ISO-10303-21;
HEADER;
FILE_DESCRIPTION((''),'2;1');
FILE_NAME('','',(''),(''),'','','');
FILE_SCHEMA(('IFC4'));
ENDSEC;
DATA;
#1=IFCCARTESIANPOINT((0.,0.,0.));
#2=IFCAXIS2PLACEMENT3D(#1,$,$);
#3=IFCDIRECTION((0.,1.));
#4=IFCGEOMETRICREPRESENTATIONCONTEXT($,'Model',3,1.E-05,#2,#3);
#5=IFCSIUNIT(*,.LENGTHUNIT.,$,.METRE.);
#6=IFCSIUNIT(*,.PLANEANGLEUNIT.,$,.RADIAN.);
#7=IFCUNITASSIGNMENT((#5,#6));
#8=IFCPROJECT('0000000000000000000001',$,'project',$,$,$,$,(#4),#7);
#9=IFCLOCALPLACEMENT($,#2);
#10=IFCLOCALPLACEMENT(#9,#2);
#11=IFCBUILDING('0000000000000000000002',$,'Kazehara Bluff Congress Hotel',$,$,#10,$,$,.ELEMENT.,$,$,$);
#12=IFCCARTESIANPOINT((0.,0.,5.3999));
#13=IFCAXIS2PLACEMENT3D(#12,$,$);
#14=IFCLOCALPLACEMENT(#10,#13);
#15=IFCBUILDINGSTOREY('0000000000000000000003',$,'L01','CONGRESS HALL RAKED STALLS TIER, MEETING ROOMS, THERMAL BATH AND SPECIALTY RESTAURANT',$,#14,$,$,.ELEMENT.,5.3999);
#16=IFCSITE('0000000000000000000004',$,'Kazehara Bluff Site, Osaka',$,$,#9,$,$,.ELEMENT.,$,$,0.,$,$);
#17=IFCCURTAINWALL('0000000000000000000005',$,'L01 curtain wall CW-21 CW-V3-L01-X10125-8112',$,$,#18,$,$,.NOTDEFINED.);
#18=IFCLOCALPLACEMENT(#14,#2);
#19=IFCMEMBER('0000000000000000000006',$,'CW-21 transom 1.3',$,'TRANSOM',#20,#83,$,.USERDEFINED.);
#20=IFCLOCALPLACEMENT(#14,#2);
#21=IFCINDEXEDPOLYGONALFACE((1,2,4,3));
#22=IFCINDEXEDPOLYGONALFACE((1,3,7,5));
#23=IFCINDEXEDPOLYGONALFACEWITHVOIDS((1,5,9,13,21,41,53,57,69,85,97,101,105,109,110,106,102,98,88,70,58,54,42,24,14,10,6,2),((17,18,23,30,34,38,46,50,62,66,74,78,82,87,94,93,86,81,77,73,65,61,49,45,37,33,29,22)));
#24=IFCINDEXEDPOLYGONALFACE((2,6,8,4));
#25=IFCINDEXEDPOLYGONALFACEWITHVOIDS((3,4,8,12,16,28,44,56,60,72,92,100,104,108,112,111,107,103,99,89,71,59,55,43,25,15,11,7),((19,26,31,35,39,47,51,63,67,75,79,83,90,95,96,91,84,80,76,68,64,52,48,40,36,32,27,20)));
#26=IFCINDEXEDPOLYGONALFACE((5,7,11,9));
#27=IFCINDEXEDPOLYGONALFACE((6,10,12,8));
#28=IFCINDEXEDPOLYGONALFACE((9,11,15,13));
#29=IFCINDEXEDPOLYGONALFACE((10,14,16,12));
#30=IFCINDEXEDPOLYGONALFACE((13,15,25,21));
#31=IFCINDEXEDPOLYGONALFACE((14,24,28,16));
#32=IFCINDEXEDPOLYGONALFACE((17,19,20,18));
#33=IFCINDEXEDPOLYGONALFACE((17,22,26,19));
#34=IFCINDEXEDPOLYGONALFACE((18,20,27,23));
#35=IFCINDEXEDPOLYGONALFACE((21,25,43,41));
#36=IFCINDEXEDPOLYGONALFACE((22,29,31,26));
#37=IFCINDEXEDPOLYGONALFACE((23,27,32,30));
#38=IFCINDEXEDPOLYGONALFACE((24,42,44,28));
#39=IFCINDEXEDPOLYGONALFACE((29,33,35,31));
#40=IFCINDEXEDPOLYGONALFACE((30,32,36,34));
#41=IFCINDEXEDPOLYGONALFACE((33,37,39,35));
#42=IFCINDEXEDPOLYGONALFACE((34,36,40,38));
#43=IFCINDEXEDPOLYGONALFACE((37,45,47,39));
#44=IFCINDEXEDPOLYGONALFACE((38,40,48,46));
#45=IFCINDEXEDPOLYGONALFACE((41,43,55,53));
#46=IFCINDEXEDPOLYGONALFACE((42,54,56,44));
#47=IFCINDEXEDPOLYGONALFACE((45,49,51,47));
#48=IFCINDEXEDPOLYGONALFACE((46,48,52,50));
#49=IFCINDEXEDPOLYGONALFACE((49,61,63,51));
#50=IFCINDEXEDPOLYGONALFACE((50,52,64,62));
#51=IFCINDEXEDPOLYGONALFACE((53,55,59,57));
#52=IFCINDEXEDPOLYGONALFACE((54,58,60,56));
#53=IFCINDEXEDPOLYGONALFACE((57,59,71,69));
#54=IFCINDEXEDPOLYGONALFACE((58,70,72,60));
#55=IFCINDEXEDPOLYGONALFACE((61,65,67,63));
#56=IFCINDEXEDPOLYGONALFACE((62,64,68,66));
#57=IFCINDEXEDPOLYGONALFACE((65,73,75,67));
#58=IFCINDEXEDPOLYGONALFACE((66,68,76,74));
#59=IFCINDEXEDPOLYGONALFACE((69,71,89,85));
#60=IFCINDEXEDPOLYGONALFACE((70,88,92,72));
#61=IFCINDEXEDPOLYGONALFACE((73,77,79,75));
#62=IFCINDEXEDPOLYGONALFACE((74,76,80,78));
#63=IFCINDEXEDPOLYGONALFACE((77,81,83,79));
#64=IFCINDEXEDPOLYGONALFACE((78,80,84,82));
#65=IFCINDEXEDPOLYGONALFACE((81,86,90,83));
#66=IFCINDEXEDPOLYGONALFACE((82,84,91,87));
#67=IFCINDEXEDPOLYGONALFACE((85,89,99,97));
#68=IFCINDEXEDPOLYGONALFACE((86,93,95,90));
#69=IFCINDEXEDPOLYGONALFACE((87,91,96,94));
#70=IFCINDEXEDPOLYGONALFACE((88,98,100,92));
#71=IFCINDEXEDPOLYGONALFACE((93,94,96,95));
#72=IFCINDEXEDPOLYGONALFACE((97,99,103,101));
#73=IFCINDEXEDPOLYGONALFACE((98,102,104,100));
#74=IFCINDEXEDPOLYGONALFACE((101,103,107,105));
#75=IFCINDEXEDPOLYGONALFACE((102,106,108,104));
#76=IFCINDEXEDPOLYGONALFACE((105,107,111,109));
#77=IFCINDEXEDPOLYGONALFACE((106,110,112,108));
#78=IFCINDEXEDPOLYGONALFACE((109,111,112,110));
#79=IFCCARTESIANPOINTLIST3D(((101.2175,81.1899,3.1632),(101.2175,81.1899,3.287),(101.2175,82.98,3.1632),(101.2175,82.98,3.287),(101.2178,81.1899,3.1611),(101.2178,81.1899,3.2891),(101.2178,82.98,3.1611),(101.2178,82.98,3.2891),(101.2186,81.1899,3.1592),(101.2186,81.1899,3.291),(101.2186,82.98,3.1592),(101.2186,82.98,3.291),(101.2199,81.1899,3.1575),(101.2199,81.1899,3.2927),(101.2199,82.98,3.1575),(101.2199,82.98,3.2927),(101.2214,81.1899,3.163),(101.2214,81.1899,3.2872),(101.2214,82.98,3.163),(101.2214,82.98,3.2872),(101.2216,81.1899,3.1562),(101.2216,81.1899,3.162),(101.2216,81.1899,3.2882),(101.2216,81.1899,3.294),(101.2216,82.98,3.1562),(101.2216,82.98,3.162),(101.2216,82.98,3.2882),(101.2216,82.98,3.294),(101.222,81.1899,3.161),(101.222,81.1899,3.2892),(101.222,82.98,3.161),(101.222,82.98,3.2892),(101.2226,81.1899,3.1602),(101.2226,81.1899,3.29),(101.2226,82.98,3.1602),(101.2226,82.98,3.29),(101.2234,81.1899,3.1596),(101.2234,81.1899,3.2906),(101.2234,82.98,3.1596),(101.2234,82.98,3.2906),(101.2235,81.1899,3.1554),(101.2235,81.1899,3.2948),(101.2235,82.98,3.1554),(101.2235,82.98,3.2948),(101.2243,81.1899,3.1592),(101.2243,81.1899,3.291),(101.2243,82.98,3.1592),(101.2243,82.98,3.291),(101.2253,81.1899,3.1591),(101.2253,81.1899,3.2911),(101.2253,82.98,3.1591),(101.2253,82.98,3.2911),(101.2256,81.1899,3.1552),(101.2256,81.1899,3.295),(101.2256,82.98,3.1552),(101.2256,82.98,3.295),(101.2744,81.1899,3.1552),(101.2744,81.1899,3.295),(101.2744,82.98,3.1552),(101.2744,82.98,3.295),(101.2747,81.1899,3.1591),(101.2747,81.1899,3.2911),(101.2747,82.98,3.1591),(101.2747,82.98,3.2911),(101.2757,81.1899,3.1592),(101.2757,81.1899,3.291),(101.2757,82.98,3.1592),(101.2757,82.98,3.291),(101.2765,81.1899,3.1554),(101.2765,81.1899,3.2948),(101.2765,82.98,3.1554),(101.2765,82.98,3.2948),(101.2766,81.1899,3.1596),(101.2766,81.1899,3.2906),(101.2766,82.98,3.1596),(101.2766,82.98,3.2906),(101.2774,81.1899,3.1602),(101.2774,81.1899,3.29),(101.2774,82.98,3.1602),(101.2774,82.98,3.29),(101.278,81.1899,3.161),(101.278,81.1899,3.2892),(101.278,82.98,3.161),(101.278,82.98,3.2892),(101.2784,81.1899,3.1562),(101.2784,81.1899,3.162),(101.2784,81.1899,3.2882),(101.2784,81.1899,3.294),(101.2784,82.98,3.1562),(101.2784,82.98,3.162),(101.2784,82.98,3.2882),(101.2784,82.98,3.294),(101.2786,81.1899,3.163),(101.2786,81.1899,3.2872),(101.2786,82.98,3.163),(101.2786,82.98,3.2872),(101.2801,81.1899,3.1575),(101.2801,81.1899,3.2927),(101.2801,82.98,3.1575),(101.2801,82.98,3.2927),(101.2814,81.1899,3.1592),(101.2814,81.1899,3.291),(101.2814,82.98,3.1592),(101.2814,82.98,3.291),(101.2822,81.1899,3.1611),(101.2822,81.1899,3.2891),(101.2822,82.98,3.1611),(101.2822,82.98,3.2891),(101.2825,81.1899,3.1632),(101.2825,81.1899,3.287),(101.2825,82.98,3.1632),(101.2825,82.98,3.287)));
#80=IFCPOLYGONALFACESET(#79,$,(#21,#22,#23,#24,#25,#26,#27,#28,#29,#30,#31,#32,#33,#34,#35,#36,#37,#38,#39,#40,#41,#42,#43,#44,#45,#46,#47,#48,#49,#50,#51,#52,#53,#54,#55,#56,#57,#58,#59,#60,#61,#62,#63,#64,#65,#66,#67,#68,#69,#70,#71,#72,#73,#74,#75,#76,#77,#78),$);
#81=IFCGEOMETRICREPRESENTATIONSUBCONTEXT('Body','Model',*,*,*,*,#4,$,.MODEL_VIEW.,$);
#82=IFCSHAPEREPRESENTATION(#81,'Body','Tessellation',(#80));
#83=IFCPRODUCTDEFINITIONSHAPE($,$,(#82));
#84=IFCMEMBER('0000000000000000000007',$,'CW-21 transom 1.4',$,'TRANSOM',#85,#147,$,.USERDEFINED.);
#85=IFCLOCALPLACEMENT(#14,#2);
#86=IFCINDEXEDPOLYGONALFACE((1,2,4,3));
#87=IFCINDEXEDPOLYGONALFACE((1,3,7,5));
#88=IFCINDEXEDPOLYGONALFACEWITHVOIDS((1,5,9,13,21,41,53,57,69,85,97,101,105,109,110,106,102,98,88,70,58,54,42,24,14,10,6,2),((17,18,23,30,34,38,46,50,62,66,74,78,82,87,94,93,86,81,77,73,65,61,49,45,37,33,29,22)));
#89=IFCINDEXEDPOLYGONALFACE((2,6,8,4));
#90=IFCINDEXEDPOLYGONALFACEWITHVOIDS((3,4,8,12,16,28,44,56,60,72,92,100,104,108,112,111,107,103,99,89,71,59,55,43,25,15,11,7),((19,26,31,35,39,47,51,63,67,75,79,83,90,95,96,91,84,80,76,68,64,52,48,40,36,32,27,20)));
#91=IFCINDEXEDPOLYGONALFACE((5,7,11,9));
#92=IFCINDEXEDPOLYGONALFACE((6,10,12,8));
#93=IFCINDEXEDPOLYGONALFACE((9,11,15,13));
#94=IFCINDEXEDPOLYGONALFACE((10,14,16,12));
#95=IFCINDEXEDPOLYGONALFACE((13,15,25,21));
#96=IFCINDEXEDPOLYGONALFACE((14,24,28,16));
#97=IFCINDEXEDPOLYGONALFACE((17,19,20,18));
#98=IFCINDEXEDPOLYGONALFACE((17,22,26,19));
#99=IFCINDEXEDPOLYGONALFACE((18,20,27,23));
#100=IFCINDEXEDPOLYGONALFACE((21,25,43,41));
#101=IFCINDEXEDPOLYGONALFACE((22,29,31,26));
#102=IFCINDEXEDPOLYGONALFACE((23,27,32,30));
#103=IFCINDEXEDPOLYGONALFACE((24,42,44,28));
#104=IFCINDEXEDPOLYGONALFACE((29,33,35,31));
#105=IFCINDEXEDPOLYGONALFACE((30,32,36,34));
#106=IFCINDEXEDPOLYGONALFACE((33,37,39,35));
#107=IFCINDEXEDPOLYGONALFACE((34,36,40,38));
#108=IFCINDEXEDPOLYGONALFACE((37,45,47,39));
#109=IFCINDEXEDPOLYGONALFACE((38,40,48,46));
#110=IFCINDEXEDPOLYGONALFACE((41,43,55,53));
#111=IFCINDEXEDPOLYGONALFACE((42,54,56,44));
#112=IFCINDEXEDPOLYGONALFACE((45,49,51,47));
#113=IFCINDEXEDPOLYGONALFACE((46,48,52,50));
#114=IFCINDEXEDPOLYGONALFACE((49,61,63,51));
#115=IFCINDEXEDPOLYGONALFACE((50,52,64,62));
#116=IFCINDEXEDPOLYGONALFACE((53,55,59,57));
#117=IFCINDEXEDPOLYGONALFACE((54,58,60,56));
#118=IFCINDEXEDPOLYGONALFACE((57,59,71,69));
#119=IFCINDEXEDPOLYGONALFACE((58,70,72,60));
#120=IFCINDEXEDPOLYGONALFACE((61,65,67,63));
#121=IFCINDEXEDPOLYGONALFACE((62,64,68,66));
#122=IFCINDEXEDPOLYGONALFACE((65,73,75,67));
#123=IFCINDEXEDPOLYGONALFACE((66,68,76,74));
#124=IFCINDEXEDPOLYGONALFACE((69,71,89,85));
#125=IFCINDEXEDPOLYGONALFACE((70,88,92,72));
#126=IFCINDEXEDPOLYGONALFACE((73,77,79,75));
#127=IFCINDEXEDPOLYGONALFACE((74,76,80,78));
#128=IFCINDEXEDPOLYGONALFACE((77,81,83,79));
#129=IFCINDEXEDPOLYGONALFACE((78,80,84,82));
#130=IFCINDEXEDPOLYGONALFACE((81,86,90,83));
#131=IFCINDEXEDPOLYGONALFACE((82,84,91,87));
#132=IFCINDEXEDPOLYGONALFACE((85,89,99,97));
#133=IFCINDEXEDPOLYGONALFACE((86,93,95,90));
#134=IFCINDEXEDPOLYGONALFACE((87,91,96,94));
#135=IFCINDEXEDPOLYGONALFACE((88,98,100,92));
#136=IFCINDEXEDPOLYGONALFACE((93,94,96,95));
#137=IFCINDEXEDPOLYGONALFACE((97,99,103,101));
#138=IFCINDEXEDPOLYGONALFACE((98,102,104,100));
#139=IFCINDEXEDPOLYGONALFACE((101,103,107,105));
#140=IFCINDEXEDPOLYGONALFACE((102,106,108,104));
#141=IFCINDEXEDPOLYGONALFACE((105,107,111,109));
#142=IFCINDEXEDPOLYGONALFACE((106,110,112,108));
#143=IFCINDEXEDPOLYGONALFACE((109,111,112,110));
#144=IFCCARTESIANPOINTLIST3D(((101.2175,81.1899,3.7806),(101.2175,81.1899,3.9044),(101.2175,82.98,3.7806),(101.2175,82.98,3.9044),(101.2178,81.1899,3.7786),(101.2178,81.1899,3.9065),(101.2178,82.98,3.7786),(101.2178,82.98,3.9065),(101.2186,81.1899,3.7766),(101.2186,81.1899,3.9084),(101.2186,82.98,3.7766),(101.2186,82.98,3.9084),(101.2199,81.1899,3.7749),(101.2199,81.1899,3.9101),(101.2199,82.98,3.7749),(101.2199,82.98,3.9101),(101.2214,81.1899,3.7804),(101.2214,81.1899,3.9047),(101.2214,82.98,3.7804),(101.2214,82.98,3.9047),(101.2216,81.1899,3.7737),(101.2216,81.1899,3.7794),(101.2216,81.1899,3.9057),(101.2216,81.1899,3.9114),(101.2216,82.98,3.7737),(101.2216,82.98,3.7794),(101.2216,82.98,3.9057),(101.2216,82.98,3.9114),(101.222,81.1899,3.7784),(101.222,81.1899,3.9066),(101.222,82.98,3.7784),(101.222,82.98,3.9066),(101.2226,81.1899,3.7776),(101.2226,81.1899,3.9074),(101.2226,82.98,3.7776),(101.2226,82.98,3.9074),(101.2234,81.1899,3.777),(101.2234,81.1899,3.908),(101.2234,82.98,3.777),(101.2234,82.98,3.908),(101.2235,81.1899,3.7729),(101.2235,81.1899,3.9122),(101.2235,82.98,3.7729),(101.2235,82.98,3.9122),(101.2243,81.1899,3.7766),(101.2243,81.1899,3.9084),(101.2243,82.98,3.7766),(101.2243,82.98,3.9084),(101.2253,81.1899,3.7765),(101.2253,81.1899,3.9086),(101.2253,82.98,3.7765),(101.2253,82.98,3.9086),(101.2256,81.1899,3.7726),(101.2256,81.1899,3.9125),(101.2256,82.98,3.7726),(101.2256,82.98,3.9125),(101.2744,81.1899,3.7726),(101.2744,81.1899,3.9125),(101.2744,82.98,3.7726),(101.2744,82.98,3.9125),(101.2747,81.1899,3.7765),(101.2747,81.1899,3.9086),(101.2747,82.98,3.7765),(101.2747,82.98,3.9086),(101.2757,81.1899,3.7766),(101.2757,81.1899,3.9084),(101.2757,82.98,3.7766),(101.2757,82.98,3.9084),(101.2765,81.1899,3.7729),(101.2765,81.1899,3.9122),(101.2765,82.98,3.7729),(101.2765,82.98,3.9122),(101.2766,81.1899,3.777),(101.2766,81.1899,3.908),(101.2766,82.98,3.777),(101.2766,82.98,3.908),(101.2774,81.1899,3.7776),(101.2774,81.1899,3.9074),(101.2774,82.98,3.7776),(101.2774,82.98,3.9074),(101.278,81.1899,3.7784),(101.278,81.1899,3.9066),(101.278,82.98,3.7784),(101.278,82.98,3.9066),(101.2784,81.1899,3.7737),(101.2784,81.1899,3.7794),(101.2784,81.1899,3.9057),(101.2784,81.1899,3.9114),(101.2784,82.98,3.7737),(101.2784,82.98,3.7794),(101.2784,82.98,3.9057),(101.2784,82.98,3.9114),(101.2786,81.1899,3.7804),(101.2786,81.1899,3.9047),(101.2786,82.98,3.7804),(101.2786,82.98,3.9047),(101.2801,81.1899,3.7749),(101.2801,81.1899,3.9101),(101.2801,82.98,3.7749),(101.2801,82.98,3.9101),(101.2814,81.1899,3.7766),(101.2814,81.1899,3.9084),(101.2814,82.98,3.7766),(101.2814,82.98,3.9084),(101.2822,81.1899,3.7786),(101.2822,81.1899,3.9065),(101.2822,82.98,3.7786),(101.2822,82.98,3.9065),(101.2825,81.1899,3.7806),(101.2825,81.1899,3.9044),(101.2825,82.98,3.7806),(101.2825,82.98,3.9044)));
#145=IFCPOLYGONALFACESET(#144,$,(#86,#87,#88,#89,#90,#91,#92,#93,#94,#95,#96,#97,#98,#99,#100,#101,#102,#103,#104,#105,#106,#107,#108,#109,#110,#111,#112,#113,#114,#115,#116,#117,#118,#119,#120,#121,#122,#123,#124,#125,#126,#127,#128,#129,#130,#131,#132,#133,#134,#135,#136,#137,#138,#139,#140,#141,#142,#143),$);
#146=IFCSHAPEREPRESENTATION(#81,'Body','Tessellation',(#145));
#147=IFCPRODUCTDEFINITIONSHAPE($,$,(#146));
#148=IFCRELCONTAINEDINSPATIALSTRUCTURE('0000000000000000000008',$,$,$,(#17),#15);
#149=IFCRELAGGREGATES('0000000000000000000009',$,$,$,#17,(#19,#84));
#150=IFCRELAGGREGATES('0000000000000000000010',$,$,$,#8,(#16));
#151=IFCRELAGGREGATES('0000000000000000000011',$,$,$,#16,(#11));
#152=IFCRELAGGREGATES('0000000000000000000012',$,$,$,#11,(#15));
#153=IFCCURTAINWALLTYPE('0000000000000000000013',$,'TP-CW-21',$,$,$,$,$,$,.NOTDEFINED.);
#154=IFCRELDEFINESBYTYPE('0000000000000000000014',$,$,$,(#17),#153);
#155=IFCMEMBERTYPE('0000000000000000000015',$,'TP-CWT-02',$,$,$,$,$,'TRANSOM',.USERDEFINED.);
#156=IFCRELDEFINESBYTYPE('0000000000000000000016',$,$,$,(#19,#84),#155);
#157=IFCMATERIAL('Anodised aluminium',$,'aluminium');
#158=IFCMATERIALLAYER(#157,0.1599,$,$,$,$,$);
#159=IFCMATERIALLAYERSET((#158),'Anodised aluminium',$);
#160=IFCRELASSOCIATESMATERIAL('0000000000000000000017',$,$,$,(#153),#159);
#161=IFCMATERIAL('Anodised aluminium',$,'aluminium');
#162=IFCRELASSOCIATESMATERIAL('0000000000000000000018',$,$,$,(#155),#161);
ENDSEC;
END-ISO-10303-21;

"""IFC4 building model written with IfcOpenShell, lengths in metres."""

from ifc_helpers import new_model, si_unit, direction, frame, origin, origin_2d, place, context, subcontext, project, spatial, hollow_rectangle, extrude, material, layer, layer_set, material_profile, profile_set, type_object, element, aggregate, save


model = new_model("IFC4")

# Units and contexts
model_context = context("Model", 3, precision=1e-05, world=origin(), true_north=direction((0.0, 1.0)))
body_context = subcontext(model_context, "Body", "Model", "MODEL_VIEW")
ifc_project = project(units=[si_unit("LENGTHUNIT", "METRE"), si_unit("PLANEANGLEUNIT", "RADIAN")], contexts=[model_context])

# Site, building, storey
site_placement = place(None, origin())
site = spatial("IfcSite", under=ifc_project, at=site_placement, Name="Kazehara Bluff Site, Osaka", CompositionType="ELEMENT", RefElevation=0.0)
building_placement = place(site_placement, origin())
building = spatial("IfcBuilding", under=site, at=building_placement, Name="Kazehara Bluff Congress Hotel", CompositionType="ELEMENT")
storey_placement = place(building_placement, frame((0.0, 0.0, 5.3999)))
storey = spatial("IfcBuildingStorey", under=building, at=storey_placement, Name="L01", Description="CONGRESS HALL RAKED STALLS TIER, MEETING ROOMS, THERMAL BATH AND SPECIALTY RESTAURANT", CompositionType="ELEMENT", Elevation=5.3999)

# Curtain wall
ifc_material_1 = material(Name="Anodised aluminium", Category="aluminium")
ifc_layer_1 = layer(ifc_material_1, 0.1599)
ifc_layer_set_1 = layer_set([ifc_layer_1], Name="Anodised aluminium")
curtain_wall_type_1 = type_object("IfcCurtainWallType", Name="TP-CW-21", PredefinedType="NOTDEFINED", material=ifc_layer_set_1)
curtain_wall_1_placement = place(storey_placement, origin())
curtain_wall_1 = element("IfcCurtainWall", 1, at=curtain_wall_1_placement, inside=storey, type_object=curtain_wall_type_1, Name="L01 curtain wall CW-21 CW-V3-L01-X10125-8112", PredefinedType="NOTDEFINED")

# Members
ifc_material_2 = material(Name="Anodised aluminium", Category="aluminium")
ifc_material_profile_1 = material_profile(ifc_material_2, hollow_rectangle(XDim=0.0649, YDim=0.1399, WallThickness=0.0039, InnerFilletRadius=0.0039, OuterFilletRadius=0.0081, at=origin_2d()))
ifc_profile_set_1 = profile_set([ifc_material_profile_1], Name="Anodised aluminium")
member_type_1 = type_object("IfcMemberType", Name="TP-CWT-02", ElementType="TRANSOM", PredefinedType="USERDEFINED", material=ifc_profile_set_1)
member_1_placement = place(storey_placement, frame((101.25, 81.1899, 3.2251), z_axis=(0.0, 1.0, 0.0), x_axis=(-1.0, 0.0, 0.0)))
member_1 = element("IfcMember", 2, at=member_1_placement, type_object=member_type_1, Name="CW-21 transom 1.3", ObjectType="TRANSOM", PredefinedType="USERDEFINED", context=body_context, shape_type="SweptSolid", body=[
    extrude(hollow_rectangle(XDim=0.0649, YDim=0.1399, WallThickness=0.0039, InnerFilletRadius=0.0039, OuterFilletRadius=0.0081, at=origin_2d()), origin(), (0.0, 0.0, 1.0), 1.79),
])
member_2_placement = place(storey_placement, frame((101.25, 81.1899, 3.8425), z_axis=(0.0, 1.0, 0.0), x_axis=(-1.0, 0.0, 0.0)))
member_2 = element("IfcMember", 3, at=member_2_placement, type_object=member_type_1, Name="CW-21 transom 1.4", ObjectType="TRANSOM", PredefinedType="USERDEFINED", context=body_context, shape_type="SweptSolid", body=[
    extrude(hollow_rectangle(XDim=0.0649, YDim=0.1399, WallThickness=0.0039, InnerFilletRadius=0.0039, OuterFilletRadius=0.0081, at=origin_2d()), origin(), (0.0, 0.0, 1.0), 1.79),
])

aggregate(curtain_wall_1, [member_1, member_2])

save(model, "model.ifc")
